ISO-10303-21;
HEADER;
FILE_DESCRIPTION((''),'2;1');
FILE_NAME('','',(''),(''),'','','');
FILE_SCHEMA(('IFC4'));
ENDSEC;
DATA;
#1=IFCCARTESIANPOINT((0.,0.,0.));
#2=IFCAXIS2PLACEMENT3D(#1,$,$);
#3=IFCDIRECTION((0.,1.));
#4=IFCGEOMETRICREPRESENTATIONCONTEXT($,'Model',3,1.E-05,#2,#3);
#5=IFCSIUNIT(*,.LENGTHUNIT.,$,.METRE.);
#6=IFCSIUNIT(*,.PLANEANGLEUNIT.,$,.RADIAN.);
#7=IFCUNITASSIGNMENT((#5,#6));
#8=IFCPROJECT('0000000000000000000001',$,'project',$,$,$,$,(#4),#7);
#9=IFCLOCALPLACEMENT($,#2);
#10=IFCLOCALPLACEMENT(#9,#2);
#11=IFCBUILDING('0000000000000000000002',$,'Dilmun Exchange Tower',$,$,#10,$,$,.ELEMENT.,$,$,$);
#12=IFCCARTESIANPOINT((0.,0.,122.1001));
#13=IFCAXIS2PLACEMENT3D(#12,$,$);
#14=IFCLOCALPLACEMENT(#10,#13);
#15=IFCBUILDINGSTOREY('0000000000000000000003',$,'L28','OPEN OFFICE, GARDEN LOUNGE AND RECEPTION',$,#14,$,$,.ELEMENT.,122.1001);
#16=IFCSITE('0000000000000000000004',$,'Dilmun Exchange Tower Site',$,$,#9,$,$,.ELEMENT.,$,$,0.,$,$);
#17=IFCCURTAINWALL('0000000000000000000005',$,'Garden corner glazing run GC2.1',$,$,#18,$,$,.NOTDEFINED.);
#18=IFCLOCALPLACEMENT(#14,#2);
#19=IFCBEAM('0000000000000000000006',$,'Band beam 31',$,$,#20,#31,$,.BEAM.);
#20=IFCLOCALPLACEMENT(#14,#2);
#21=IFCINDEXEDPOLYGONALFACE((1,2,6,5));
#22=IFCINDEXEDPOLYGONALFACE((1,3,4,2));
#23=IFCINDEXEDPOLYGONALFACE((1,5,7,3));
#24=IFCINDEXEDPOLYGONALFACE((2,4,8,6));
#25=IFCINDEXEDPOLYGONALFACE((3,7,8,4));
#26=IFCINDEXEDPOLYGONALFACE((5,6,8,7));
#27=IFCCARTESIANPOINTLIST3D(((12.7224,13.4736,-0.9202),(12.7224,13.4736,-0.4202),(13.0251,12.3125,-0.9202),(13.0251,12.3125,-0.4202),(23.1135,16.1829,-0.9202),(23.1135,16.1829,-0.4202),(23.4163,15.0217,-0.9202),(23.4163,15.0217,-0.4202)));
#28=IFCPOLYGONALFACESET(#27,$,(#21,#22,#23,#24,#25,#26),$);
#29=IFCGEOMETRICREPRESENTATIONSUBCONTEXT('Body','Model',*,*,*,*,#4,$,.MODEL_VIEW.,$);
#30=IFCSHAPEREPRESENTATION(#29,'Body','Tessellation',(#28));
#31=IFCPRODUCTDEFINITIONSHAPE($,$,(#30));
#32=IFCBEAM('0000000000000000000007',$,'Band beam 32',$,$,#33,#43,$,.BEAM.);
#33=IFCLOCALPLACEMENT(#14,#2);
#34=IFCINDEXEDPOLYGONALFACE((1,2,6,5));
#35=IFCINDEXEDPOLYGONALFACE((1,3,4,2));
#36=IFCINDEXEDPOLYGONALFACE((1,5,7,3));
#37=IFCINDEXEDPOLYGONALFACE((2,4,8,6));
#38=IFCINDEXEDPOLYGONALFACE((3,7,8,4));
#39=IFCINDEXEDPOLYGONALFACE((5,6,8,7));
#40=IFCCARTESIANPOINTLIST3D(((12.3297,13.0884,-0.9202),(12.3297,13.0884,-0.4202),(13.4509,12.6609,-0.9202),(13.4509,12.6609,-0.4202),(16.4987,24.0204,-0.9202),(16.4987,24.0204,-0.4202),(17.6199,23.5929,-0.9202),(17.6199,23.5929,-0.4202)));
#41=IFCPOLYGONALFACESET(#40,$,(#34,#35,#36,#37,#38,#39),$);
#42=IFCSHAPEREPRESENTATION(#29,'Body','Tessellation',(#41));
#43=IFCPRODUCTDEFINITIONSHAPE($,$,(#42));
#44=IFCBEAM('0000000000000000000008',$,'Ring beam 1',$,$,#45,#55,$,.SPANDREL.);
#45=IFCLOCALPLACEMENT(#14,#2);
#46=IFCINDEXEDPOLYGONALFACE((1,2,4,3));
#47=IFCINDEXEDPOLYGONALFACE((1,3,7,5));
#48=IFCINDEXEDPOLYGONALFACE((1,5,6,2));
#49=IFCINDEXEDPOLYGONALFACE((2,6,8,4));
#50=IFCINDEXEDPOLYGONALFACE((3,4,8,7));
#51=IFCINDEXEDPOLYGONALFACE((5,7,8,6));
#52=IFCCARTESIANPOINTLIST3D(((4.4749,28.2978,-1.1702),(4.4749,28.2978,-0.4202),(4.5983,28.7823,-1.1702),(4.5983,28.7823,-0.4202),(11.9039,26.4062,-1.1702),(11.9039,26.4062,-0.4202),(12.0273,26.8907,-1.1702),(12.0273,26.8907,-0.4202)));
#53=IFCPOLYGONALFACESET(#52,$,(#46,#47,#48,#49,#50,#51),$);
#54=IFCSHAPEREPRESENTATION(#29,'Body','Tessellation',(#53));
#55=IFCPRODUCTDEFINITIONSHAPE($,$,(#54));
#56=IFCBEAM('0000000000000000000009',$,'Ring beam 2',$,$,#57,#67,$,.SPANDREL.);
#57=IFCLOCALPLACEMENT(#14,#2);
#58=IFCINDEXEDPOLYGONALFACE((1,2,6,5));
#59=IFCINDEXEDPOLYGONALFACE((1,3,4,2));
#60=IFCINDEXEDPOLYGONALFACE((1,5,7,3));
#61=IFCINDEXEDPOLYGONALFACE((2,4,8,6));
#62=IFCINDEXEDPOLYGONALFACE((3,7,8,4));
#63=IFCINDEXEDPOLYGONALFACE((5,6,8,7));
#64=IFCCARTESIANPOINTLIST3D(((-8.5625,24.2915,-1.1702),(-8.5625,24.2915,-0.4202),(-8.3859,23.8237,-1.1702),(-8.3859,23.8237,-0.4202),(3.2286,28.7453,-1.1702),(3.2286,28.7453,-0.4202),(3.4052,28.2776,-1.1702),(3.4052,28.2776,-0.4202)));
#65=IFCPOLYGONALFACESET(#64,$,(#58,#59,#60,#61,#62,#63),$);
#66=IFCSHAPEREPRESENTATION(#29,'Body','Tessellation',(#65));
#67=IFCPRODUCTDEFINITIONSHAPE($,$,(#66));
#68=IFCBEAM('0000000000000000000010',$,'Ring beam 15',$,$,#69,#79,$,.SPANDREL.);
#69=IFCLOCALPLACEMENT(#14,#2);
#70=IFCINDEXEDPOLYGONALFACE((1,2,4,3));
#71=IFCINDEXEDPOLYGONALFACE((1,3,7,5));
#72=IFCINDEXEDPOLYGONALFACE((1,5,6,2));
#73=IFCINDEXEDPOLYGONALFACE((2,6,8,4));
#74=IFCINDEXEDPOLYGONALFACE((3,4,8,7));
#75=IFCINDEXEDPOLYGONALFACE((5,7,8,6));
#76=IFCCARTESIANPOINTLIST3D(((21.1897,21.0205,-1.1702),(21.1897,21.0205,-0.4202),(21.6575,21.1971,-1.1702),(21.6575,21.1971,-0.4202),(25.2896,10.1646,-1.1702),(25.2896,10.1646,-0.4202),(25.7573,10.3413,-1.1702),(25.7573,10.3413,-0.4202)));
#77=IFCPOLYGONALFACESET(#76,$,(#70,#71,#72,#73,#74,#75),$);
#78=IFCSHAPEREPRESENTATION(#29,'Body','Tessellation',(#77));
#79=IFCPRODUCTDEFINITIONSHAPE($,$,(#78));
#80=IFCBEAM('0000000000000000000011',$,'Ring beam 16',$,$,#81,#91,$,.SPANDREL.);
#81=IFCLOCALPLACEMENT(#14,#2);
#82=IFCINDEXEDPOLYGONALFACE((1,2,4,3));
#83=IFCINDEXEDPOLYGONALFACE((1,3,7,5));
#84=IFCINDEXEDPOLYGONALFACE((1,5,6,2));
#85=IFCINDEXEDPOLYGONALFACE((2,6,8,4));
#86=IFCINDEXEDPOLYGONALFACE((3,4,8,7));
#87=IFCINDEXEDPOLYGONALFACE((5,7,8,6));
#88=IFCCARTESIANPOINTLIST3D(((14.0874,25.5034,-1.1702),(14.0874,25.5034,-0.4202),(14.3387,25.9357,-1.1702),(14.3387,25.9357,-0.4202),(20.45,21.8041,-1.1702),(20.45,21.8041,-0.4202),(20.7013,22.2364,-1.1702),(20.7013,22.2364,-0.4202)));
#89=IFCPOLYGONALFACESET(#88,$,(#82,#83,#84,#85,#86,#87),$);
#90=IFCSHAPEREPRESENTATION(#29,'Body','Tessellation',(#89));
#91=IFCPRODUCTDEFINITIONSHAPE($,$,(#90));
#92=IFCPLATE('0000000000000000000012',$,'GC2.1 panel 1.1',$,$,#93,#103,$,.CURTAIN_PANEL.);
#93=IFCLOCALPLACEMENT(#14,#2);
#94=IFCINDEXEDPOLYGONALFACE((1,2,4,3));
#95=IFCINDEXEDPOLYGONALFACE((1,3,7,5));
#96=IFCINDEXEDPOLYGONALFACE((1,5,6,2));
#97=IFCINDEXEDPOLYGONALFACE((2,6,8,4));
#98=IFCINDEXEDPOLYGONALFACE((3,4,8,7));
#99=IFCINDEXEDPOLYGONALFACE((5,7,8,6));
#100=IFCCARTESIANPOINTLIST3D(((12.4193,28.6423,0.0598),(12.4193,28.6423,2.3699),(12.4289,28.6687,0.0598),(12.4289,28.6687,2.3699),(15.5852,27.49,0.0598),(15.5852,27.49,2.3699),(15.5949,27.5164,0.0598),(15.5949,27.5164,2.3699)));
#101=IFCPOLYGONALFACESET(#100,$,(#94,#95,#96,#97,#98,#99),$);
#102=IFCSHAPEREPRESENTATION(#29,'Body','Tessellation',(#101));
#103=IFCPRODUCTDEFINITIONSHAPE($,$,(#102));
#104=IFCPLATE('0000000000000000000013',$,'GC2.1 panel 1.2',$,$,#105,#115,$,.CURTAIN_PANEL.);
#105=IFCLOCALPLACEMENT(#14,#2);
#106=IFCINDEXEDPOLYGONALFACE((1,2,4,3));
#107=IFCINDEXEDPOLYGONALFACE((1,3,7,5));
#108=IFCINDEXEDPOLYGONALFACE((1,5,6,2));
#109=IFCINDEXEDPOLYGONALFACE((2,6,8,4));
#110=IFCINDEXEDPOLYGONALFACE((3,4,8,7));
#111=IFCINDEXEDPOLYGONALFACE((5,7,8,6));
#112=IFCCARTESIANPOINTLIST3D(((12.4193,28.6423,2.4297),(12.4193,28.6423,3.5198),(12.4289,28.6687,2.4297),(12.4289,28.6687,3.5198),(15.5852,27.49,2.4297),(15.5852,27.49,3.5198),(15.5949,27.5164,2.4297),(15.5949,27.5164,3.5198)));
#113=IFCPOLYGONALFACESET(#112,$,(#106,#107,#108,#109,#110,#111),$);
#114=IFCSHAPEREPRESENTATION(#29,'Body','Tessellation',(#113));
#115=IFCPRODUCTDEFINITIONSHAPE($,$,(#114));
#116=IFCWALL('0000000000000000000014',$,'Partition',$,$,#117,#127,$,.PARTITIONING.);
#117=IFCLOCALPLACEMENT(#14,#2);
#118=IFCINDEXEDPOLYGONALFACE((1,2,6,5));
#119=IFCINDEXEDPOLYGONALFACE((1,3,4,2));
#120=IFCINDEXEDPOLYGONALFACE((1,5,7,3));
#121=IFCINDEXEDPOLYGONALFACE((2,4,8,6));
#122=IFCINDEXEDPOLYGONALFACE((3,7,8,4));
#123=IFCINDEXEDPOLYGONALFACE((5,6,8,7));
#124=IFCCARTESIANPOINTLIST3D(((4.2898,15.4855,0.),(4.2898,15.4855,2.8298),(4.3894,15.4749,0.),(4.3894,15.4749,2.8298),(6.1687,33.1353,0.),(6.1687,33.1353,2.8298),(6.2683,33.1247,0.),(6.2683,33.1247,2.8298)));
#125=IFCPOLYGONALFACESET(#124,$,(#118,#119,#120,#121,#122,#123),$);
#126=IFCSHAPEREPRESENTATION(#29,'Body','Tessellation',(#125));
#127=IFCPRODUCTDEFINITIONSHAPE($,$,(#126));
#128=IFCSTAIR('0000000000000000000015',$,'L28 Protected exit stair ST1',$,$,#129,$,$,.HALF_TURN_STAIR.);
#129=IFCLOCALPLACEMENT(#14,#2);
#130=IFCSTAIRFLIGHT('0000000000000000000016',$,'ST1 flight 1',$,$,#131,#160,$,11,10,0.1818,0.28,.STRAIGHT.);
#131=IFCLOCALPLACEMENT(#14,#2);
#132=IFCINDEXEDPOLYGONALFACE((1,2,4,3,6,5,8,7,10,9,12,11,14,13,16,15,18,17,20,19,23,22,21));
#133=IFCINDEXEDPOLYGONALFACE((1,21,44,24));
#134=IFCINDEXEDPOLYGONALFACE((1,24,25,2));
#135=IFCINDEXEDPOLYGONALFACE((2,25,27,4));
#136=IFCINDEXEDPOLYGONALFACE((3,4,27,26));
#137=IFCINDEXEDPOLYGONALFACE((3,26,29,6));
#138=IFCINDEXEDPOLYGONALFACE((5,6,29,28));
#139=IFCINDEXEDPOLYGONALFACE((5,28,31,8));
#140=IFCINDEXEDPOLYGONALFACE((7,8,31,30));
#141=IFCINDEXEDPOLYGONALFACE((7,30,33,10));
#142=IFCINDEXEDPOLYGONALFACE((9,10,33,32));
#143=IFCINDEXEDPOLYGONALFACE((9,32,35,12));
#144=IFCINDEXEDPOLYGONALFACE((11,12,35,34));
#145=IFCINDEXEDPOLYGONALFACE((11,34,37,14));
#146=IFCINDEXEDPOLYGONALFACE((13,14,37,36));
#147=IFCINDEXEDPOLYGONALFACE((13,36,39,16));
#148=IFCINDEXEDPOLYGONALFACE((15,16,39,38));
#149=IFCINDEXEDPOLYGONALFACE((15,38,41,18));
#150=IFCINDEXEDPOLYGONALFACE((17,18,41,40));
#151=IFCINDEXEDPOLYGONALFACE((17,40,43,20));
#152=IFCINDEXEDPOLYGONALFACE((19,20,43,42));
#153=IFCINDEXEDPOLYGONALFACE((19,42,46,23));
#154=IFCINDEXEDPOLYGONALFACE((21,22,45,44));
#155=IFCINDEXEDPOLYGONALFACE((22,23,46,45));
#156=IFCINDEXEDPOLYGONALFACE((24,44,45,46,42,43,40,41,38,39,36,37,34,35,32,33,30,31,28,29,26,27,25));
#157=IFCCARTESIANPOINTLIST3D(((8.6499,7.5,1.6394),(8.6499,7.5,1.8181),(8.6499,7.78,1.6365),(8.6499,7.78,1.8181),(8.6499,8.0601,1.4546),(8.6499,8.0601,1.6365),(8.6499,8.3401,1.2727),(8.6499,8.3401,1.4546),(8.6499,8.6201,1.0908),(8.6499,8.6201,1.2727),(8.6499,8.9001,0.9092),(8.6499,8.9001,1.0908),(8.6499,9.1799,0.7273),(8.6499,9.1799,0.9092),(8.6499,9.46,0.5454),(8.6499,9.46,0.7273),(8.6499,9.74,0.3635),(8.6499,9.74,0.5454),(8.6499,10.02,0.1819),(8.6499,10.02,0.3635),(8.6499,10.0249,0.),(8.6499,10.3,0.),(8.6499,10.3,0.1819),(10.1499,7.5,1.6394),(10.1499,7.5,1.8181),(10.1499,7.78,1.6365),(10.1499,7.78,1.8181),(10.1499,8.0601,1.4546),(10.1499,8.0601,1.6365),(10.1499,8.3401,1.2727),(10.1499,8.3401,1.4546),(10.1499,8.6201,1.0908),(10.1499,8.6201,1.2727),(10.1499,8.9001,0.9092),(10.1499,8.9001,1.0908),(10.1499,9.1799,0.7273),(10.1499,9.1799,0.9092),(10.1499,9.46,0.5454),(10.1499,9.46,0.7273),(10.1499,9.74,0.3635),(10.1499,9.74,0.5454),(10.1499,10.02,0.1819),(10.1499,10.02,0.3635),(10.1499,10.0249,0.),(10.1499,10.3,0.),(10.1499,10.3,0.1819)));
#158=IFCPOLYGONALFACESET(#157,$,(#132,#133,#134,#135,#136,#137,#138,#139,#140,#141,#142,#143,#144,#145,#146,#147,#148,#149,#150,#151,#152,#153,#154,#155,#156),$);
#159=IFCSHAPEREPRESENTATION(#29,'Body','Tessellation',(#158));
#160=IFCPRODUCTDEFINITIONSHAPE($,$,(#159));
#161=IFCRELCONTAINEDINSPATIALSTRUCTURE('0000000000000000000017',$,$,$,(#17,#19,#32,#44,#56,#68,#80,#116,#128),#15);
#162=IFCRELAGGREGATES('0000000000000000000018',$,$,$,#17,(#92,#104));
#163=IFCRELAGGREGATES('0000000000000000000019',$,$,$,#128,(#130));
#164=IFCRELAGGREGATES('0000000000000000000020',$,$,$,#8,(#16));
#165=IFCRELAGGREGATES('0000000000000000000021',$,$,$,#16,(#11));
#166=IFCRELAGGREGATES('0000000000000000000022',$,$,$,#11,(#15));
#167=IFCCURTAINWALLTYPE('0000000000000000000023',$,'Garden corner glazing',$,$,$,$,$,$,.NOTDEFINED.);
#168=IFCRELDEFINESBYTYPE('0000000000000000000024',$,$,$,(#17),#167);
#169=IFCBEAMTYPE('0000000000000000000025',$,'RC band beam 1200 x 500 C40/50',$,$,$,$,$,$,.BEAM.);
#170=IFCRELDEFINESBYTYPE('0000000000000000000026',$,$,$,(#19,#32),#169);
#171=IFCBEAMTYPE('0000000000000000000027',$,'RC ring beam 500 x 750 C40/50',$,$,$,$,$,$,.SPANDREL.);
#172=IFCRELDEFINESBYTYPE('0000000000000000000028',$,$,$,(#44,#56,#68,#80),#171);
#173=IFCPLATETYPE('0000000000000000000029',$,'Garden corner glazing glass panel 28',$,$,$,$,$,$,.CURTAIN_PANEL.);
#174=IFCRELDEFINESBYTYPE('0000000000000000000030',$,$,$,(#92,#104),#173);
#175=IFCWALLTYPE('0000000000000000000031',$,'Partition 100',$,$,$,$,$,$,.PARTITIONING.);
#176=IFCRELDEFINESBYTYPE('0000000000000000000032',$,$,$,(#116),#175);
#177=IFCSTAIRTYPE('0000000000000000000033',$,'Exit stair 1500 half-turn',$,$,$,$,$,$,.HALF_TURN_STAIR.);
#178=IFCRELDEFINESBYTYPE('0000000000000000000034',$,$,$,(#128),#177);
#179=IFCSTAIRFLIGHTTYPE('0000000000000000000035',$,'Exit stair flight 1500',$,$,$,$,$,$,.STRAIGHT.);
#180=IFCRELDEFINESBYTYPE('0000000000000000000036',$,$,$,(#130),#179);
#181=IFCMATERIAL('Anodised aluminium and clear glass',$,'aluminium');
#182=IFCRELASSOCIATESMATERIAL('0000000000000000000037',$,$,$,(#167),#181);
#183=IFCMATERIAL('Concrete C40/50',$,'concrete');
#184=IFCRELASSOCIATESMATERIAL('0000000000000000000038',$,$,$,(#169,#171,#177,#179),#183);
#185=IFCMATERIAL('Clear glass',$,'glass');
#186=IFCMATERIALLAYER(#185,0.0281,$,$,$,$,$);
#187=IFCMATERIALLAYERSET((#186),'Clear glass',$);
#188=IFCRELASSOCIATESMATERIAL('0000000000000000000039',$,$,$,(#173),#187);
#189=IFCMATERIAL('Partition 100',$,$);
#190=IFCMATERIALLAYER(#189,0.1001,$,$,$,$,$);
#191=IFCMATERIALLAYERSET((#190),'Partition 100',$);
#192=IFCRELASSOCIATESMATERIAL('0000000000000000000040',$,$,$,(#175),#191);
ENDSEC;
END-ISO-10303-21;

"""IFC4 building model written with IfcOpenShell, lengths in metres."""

from ifc_helpers import new_model, si_unit, direction, frame, frame_2d, origin, origin_2d, place, context, subcontext, project, spatial, polyline, rectangle, outline, extrude, material, layer, layer_set, material_profile, profile_set, type_object, element, aggregate, save


model = new_model("IFC4")

# Units and contexts
model_context = context("Model", 3, precision=1e-05, world=origin(), true_north=direction((0.0, 1.0)))
body_context = subcontext(model_context, "Body", "Model", "MODEL_VIEW")
ifc_project = project(units=[si_unit("LENGTHUNIT", "METRE"), si_unit("PLANEANGLEUNIT", "RADIAN")], contexts=[model_context])

# Site, building, storey
site_placement = place(None, origin())
site = spatial("IfcSite", under=ifc_project, at=site_placement, Name="Dilmun Exchange Tower Site", CompositionType="ELEMENT", RefElevation=0.0)
building_placement = place(site_placement, origin())
building = spatial("IfcBuilding", under=site, at=building_placement, Name="Dilmun Exchange Tower", CompositionType="ELEMENT")
storey_placement = place(building_placement, frame((0.0, 0.0, 122.1001)))
storey = spatial("IfcBuildingStorey", under=building, at=storey_placement, Name="L28", Description="OPEN OFFICE, GARDEN LOUNGE AND RECEPTION", CompositionType="ELEMENT", Elevation=122.1001)

# Shared definitions
ifc_material_1 = material(Name="Anodised aluminium and clear glass", Category="aluminium")
curtain_wall_type = type_object("IfcCurtainWallType", Name="Garden corner glazing", PredefinedType="NOTDEFINED", material=ifc_material_1)

# Curtain wall
curtain_wall_1_placement = place(storey_placement, origin())
curtain_wall_1 = element("IfcCurtainWall", 1, at=curtain_wall_1_placement, inside=storey, type_object=curtain_wall_type, Name="Garden corner glazing run GC2.1", PredefinedType="NOTDEFINED")

# Beams
ifc_material_2 = material(Name="Concrete C40/50", Category="concrete")
ifc_material_profile_1 = material_profile(ifc_material_2, rectangle(XDim=1.2, YDim=0.5, at=origin_2d()), Name="1200 x 500")
ifc_profile_set_1 = profile_set([ifc_material_profile_1], Name="Concrete C40/50")
beam_type_1 = type_object("IfcBeamType", Name="RC band beam 1200 x 500 C40/50", PredefinedType="BEAM", material=ifc_profile_set_1)
beam_1_placement = place(storey_placement, frame((23.2649, 15.6023, -0.6702), z_axis=(-0.967651, -0.252291, 0.0), x_axis=(0.252291, -0.967651, 0.0)))
element("IfcBeam", 2, at=beam_1_placement, inside=storey, type_object=beam_type_1, Name="Band beam 31", PredefinedType="BEAM", context=body_context, shape_type="SweptSolid", body=[
    extrude(rectangle(XDim=1.2, YDim=0.5, at=origin_2d()), origin(), (0.0, 0.0, 1.0), 10.7385),
])
beam_2_placement = place(storey_placement, frame((17.0593, 23.8066, -0.6702), z_axis=(-0.356325, -0.934362, 0.0), x_axis=(0.934362, -0.356325, 0.0)))
element("IfcBeam", 3, at=beam_2_placement, inside=storey, type_object=beam_type_1, Name="Band beam 32", PredefinedType="BEAM", context=body_context, shape_type="SweptSolid", body=[
    extrude(rectangle(XDim=1.2, YDim=0.5, at=origin_2d()), origin(), (0.0, 0.0, 1.0), 11.7),
])
ifc_material_profile_2 = material_profile(ifc_material_2, rectangle(XDim=0.5, YDim=0.75, at=origin_2d()), Name="500 x 750")
ifc_profile_set_2 = profile_set([ifc_material_profile_2], Name="Concrete C40/50")
beam_type_2 = type_object("IfcBeamType", Name="RC ring beam 500 x 750 C40/50", PredefinedType="SPANDREL", material=ifc_profile_set_2)
beam_3_placement = place(storey_placement, frame((11.9656, 26.6484, -0.7952), z_axis=(-0.969079, 0.246752, 0.0), x_axis=(-0.246752, -0.969079, 0.0)))
element("IfcBeam", 4, at=beam_3_placement, inside=storey, type_object=beam_type_2, Name="Ring beam 1", PredefinedType="SPANDREL", context=body_context, shape_type="SweptSolid", body=[
    extrude(rectangle(XDim=0.5, YDim=0.75, at=origin_2d()), origin(), (0.0, 0.0, 1.0), 7.666),
])
beam_4_placement = place(storey_placement, frame((3.3169, 28.5115, -0.7952), z_axis=(-0.935486, -0.353364, 0.0), x_axis=(0.353364, -0.935486, 0.0)))
element("IfcBeam", 5, at=beam_4_placement, inside=storey, type_object=beam_type_2, Name="Ring beam 2", PredefinedType="SPANDREL", context=body_context, shape_type="SweptSolid", body=[
    extrude(rectangle(XDim=0.5, YDim=0.75, at=origin_2d()), origin(), (0.0, 0.0, 1.0), 12.6042),
])
beam_5_placement = place(storey_placement, frame((25.5234, 10.2529, -0.7952), z_axis=(-0.353304, 0.935509, 0.0), x_axis=(-0.935509, -0.353304, 0.0)))
element("IfcBeam", 6, at=beam_5_placement, inside=storey, type_object=beam_type_2, Name="Ring beam 15", PredefinedType="SPANDREL", context=body_context, shape_type="SweptSolid", body=[
    extrude(rectangle(XDim=0.5, YDim=0.75, at=origin_2d()), origin(), (0.0, 0.0, 1.0), 11.6042),
])
beam_6_placement = place(storey_placement, frame((20.5757, 22.0203, -0.7952), z_axis=(-0.864503, 0.502627, 0.0), x_axis=(-0.502627, -0.864503, 0.0)))
element("IfcBeam", 7, at=beam_6_placement, inside=storey, type_object=beam_type_2, Name="Ring beam 16", PredefinedType="SPANDREL", context=body_context, shape_type="SweptSolid", body=[
    extrude(rectangle(XDim=0.5, YDim=0.75, at=origin_2d()), origin(), (0.0, 0.0, 1.0), 7.3599),
])

# Plates
ifc_material_3 = material(Name="Clear glass", Category="glass")
ifc_layer_1 = layer(ifc_material_3, 0.0281)
ifc_layer_set_1 = layer_set([ifc_layer_1], Name="Clear glass")
plate_type = type_object("IfcPlateType", Name="Garden corner glazing glass panel 28", PredefinedType="CURTAIN_PANEL", material=ifc_layer_set_1)
plate_1_placement = place(storey_placement, frame((14.0071, 28.0793, 0.0598), z_axis=(0.0, 0.0, 1.0), x_axis=(-0.939688, 0.342033, 0.0)))
plate_1 = element("IfcPlate", 8, at=plate_1_placement, type_object=plate_type, Name="GC2.1 panel 1.1", PredefinedType="CURTAIN_PANEL", context=body_context, shape_type="SweptSolid", body=[
    extrude(rectangle(XDim=3.3691, YDim=0.0281, at=origin_2d()), origin(), (0.0, 0.0, 1.0), 2.3101),
])
plate_2_placement = place(storey_placement, frame((14.0071, 28.0793, 2.4297), z_axis=(0.0, 0.0, 1.0), x_axis=(-0.939688, 0.342033, 0.0)))
plate_2 = element("IfcPlate", 9, at=plate_2_placement, type_object=plate_type, Name="GC2.1 panel 1.2", PredefinedType="CURTAIN_PANEL", context=body_context, shape_type="SweptSolid", body=[
    extrude(rectangle(XDim=3.3691, YDim=0.0281, at=origin_2d()), origin(), (0.0, 0.0, 1.0), 1.0901),
])
aggregate(curtain_wall_1, [plate_1, plate_2])

# Wall
ifc_material_4 = material(Name="Partition 100")
ifc_layer_2 = layer(ifc_material_4, 0.1001)
ifc_layer_set_2 = layer_set([ifc_layer_2], Name="Partition 100")
wall_type = type_object("IfcWallType", Name="Partition 100", PredefinedType="PARTITIONING", material=ifc_layer_set_2)
wall_placement = place(storey_placement, frame((4.3396, 15.4802, 0.0), z_axis=(0.0, 0.0, 1.0), x_axis=(0.105856, 0.994381, 0.0)))
element("IfcWall", 10, at=wall_placement, inside=storey, type_object=wall_type, Name="Partition", PredefinedType="PARTITIONING", context=body_context, shape_type="SweptSolid", body=[
    extrude(rectangle(XDim=17.7495, YDim=0.1001, at=frame_2d((8.8748, 0.0))), origin(), (0.0, 0.0, 1.0), 2.8298),
])

# Stair, stair flight
stair_type = type_object("IfcStairType", Name="Exit stair 1500 half-turn", PredefinedType="HALF_TURN_STAIR", material=ifc_material_2)
stair_placement = place(storey_placement, origin())
stair = element("IfcStair", 11, at=stair_placement, inside=storey, type_object=stair_type, Name="L28 Protected exit stair ST1", PredefinedType="HALF_TURN_STAIR")
stair_flight_type = type_object("IfcStairFlightType", Name="Exit stair flight 1500", PredefinedType="STRAIGHT", material=ifc_material_2)
stair_flight_placement = place(storey_placement, frame((9.3999, 10.3, 0.0), z_axis=(0.0, 0.0, 1.0), x_axis=(0.0, -1.0, 0.0)))
stair_flight = element("IfcStairFlight", 12, at=stair_flight_placement, type_object=stair_flight_type, Name="ST1 flight 1", NumberOfRisers=11, NumberOfTreads=10, PredefinedType="STRAIGHT", RiserHeight=0.1818, TreadLength=0.28, context=body_context, shape_type="SweptSolid", body=[
    extrude(outline(polyline([(0.0, 0.0), (0.0, 0.1819), (0.28, 0.1819), (0.28, 0.3635), (0.5601, 0.3635), (0.5601, 0.5454), (0.8401, 0.5454), (0.8401, 0.7273), (1.1201, 0.7273), (1.1201, 0.9092), (1.3999, 0.9092), (1.3999, 1.0908), (1.6799, 1.0908), (1.6799, 1.2727), (1.96, 1.2727), (1.96, 1.4546), (2.24, 1.4546), (2.24, 1.6365), (2.52, 1.6365), (2.52, 1.8181), (2.8, 1.8181), (2.8, 2.0), (2.8, 1.6394), (0.2751, 0.0), (0.0, 0.0)])), frame((0.0, 0.75, 0.0), z_axis=(0.0, -1.0, 0.0), x_axis=(1.0, 0.0, 0.0)), (0.0, 0.0, 1.0), 1.5),
])
aggregate(stair, [stair_flight])

save(model, "model.ifc")
